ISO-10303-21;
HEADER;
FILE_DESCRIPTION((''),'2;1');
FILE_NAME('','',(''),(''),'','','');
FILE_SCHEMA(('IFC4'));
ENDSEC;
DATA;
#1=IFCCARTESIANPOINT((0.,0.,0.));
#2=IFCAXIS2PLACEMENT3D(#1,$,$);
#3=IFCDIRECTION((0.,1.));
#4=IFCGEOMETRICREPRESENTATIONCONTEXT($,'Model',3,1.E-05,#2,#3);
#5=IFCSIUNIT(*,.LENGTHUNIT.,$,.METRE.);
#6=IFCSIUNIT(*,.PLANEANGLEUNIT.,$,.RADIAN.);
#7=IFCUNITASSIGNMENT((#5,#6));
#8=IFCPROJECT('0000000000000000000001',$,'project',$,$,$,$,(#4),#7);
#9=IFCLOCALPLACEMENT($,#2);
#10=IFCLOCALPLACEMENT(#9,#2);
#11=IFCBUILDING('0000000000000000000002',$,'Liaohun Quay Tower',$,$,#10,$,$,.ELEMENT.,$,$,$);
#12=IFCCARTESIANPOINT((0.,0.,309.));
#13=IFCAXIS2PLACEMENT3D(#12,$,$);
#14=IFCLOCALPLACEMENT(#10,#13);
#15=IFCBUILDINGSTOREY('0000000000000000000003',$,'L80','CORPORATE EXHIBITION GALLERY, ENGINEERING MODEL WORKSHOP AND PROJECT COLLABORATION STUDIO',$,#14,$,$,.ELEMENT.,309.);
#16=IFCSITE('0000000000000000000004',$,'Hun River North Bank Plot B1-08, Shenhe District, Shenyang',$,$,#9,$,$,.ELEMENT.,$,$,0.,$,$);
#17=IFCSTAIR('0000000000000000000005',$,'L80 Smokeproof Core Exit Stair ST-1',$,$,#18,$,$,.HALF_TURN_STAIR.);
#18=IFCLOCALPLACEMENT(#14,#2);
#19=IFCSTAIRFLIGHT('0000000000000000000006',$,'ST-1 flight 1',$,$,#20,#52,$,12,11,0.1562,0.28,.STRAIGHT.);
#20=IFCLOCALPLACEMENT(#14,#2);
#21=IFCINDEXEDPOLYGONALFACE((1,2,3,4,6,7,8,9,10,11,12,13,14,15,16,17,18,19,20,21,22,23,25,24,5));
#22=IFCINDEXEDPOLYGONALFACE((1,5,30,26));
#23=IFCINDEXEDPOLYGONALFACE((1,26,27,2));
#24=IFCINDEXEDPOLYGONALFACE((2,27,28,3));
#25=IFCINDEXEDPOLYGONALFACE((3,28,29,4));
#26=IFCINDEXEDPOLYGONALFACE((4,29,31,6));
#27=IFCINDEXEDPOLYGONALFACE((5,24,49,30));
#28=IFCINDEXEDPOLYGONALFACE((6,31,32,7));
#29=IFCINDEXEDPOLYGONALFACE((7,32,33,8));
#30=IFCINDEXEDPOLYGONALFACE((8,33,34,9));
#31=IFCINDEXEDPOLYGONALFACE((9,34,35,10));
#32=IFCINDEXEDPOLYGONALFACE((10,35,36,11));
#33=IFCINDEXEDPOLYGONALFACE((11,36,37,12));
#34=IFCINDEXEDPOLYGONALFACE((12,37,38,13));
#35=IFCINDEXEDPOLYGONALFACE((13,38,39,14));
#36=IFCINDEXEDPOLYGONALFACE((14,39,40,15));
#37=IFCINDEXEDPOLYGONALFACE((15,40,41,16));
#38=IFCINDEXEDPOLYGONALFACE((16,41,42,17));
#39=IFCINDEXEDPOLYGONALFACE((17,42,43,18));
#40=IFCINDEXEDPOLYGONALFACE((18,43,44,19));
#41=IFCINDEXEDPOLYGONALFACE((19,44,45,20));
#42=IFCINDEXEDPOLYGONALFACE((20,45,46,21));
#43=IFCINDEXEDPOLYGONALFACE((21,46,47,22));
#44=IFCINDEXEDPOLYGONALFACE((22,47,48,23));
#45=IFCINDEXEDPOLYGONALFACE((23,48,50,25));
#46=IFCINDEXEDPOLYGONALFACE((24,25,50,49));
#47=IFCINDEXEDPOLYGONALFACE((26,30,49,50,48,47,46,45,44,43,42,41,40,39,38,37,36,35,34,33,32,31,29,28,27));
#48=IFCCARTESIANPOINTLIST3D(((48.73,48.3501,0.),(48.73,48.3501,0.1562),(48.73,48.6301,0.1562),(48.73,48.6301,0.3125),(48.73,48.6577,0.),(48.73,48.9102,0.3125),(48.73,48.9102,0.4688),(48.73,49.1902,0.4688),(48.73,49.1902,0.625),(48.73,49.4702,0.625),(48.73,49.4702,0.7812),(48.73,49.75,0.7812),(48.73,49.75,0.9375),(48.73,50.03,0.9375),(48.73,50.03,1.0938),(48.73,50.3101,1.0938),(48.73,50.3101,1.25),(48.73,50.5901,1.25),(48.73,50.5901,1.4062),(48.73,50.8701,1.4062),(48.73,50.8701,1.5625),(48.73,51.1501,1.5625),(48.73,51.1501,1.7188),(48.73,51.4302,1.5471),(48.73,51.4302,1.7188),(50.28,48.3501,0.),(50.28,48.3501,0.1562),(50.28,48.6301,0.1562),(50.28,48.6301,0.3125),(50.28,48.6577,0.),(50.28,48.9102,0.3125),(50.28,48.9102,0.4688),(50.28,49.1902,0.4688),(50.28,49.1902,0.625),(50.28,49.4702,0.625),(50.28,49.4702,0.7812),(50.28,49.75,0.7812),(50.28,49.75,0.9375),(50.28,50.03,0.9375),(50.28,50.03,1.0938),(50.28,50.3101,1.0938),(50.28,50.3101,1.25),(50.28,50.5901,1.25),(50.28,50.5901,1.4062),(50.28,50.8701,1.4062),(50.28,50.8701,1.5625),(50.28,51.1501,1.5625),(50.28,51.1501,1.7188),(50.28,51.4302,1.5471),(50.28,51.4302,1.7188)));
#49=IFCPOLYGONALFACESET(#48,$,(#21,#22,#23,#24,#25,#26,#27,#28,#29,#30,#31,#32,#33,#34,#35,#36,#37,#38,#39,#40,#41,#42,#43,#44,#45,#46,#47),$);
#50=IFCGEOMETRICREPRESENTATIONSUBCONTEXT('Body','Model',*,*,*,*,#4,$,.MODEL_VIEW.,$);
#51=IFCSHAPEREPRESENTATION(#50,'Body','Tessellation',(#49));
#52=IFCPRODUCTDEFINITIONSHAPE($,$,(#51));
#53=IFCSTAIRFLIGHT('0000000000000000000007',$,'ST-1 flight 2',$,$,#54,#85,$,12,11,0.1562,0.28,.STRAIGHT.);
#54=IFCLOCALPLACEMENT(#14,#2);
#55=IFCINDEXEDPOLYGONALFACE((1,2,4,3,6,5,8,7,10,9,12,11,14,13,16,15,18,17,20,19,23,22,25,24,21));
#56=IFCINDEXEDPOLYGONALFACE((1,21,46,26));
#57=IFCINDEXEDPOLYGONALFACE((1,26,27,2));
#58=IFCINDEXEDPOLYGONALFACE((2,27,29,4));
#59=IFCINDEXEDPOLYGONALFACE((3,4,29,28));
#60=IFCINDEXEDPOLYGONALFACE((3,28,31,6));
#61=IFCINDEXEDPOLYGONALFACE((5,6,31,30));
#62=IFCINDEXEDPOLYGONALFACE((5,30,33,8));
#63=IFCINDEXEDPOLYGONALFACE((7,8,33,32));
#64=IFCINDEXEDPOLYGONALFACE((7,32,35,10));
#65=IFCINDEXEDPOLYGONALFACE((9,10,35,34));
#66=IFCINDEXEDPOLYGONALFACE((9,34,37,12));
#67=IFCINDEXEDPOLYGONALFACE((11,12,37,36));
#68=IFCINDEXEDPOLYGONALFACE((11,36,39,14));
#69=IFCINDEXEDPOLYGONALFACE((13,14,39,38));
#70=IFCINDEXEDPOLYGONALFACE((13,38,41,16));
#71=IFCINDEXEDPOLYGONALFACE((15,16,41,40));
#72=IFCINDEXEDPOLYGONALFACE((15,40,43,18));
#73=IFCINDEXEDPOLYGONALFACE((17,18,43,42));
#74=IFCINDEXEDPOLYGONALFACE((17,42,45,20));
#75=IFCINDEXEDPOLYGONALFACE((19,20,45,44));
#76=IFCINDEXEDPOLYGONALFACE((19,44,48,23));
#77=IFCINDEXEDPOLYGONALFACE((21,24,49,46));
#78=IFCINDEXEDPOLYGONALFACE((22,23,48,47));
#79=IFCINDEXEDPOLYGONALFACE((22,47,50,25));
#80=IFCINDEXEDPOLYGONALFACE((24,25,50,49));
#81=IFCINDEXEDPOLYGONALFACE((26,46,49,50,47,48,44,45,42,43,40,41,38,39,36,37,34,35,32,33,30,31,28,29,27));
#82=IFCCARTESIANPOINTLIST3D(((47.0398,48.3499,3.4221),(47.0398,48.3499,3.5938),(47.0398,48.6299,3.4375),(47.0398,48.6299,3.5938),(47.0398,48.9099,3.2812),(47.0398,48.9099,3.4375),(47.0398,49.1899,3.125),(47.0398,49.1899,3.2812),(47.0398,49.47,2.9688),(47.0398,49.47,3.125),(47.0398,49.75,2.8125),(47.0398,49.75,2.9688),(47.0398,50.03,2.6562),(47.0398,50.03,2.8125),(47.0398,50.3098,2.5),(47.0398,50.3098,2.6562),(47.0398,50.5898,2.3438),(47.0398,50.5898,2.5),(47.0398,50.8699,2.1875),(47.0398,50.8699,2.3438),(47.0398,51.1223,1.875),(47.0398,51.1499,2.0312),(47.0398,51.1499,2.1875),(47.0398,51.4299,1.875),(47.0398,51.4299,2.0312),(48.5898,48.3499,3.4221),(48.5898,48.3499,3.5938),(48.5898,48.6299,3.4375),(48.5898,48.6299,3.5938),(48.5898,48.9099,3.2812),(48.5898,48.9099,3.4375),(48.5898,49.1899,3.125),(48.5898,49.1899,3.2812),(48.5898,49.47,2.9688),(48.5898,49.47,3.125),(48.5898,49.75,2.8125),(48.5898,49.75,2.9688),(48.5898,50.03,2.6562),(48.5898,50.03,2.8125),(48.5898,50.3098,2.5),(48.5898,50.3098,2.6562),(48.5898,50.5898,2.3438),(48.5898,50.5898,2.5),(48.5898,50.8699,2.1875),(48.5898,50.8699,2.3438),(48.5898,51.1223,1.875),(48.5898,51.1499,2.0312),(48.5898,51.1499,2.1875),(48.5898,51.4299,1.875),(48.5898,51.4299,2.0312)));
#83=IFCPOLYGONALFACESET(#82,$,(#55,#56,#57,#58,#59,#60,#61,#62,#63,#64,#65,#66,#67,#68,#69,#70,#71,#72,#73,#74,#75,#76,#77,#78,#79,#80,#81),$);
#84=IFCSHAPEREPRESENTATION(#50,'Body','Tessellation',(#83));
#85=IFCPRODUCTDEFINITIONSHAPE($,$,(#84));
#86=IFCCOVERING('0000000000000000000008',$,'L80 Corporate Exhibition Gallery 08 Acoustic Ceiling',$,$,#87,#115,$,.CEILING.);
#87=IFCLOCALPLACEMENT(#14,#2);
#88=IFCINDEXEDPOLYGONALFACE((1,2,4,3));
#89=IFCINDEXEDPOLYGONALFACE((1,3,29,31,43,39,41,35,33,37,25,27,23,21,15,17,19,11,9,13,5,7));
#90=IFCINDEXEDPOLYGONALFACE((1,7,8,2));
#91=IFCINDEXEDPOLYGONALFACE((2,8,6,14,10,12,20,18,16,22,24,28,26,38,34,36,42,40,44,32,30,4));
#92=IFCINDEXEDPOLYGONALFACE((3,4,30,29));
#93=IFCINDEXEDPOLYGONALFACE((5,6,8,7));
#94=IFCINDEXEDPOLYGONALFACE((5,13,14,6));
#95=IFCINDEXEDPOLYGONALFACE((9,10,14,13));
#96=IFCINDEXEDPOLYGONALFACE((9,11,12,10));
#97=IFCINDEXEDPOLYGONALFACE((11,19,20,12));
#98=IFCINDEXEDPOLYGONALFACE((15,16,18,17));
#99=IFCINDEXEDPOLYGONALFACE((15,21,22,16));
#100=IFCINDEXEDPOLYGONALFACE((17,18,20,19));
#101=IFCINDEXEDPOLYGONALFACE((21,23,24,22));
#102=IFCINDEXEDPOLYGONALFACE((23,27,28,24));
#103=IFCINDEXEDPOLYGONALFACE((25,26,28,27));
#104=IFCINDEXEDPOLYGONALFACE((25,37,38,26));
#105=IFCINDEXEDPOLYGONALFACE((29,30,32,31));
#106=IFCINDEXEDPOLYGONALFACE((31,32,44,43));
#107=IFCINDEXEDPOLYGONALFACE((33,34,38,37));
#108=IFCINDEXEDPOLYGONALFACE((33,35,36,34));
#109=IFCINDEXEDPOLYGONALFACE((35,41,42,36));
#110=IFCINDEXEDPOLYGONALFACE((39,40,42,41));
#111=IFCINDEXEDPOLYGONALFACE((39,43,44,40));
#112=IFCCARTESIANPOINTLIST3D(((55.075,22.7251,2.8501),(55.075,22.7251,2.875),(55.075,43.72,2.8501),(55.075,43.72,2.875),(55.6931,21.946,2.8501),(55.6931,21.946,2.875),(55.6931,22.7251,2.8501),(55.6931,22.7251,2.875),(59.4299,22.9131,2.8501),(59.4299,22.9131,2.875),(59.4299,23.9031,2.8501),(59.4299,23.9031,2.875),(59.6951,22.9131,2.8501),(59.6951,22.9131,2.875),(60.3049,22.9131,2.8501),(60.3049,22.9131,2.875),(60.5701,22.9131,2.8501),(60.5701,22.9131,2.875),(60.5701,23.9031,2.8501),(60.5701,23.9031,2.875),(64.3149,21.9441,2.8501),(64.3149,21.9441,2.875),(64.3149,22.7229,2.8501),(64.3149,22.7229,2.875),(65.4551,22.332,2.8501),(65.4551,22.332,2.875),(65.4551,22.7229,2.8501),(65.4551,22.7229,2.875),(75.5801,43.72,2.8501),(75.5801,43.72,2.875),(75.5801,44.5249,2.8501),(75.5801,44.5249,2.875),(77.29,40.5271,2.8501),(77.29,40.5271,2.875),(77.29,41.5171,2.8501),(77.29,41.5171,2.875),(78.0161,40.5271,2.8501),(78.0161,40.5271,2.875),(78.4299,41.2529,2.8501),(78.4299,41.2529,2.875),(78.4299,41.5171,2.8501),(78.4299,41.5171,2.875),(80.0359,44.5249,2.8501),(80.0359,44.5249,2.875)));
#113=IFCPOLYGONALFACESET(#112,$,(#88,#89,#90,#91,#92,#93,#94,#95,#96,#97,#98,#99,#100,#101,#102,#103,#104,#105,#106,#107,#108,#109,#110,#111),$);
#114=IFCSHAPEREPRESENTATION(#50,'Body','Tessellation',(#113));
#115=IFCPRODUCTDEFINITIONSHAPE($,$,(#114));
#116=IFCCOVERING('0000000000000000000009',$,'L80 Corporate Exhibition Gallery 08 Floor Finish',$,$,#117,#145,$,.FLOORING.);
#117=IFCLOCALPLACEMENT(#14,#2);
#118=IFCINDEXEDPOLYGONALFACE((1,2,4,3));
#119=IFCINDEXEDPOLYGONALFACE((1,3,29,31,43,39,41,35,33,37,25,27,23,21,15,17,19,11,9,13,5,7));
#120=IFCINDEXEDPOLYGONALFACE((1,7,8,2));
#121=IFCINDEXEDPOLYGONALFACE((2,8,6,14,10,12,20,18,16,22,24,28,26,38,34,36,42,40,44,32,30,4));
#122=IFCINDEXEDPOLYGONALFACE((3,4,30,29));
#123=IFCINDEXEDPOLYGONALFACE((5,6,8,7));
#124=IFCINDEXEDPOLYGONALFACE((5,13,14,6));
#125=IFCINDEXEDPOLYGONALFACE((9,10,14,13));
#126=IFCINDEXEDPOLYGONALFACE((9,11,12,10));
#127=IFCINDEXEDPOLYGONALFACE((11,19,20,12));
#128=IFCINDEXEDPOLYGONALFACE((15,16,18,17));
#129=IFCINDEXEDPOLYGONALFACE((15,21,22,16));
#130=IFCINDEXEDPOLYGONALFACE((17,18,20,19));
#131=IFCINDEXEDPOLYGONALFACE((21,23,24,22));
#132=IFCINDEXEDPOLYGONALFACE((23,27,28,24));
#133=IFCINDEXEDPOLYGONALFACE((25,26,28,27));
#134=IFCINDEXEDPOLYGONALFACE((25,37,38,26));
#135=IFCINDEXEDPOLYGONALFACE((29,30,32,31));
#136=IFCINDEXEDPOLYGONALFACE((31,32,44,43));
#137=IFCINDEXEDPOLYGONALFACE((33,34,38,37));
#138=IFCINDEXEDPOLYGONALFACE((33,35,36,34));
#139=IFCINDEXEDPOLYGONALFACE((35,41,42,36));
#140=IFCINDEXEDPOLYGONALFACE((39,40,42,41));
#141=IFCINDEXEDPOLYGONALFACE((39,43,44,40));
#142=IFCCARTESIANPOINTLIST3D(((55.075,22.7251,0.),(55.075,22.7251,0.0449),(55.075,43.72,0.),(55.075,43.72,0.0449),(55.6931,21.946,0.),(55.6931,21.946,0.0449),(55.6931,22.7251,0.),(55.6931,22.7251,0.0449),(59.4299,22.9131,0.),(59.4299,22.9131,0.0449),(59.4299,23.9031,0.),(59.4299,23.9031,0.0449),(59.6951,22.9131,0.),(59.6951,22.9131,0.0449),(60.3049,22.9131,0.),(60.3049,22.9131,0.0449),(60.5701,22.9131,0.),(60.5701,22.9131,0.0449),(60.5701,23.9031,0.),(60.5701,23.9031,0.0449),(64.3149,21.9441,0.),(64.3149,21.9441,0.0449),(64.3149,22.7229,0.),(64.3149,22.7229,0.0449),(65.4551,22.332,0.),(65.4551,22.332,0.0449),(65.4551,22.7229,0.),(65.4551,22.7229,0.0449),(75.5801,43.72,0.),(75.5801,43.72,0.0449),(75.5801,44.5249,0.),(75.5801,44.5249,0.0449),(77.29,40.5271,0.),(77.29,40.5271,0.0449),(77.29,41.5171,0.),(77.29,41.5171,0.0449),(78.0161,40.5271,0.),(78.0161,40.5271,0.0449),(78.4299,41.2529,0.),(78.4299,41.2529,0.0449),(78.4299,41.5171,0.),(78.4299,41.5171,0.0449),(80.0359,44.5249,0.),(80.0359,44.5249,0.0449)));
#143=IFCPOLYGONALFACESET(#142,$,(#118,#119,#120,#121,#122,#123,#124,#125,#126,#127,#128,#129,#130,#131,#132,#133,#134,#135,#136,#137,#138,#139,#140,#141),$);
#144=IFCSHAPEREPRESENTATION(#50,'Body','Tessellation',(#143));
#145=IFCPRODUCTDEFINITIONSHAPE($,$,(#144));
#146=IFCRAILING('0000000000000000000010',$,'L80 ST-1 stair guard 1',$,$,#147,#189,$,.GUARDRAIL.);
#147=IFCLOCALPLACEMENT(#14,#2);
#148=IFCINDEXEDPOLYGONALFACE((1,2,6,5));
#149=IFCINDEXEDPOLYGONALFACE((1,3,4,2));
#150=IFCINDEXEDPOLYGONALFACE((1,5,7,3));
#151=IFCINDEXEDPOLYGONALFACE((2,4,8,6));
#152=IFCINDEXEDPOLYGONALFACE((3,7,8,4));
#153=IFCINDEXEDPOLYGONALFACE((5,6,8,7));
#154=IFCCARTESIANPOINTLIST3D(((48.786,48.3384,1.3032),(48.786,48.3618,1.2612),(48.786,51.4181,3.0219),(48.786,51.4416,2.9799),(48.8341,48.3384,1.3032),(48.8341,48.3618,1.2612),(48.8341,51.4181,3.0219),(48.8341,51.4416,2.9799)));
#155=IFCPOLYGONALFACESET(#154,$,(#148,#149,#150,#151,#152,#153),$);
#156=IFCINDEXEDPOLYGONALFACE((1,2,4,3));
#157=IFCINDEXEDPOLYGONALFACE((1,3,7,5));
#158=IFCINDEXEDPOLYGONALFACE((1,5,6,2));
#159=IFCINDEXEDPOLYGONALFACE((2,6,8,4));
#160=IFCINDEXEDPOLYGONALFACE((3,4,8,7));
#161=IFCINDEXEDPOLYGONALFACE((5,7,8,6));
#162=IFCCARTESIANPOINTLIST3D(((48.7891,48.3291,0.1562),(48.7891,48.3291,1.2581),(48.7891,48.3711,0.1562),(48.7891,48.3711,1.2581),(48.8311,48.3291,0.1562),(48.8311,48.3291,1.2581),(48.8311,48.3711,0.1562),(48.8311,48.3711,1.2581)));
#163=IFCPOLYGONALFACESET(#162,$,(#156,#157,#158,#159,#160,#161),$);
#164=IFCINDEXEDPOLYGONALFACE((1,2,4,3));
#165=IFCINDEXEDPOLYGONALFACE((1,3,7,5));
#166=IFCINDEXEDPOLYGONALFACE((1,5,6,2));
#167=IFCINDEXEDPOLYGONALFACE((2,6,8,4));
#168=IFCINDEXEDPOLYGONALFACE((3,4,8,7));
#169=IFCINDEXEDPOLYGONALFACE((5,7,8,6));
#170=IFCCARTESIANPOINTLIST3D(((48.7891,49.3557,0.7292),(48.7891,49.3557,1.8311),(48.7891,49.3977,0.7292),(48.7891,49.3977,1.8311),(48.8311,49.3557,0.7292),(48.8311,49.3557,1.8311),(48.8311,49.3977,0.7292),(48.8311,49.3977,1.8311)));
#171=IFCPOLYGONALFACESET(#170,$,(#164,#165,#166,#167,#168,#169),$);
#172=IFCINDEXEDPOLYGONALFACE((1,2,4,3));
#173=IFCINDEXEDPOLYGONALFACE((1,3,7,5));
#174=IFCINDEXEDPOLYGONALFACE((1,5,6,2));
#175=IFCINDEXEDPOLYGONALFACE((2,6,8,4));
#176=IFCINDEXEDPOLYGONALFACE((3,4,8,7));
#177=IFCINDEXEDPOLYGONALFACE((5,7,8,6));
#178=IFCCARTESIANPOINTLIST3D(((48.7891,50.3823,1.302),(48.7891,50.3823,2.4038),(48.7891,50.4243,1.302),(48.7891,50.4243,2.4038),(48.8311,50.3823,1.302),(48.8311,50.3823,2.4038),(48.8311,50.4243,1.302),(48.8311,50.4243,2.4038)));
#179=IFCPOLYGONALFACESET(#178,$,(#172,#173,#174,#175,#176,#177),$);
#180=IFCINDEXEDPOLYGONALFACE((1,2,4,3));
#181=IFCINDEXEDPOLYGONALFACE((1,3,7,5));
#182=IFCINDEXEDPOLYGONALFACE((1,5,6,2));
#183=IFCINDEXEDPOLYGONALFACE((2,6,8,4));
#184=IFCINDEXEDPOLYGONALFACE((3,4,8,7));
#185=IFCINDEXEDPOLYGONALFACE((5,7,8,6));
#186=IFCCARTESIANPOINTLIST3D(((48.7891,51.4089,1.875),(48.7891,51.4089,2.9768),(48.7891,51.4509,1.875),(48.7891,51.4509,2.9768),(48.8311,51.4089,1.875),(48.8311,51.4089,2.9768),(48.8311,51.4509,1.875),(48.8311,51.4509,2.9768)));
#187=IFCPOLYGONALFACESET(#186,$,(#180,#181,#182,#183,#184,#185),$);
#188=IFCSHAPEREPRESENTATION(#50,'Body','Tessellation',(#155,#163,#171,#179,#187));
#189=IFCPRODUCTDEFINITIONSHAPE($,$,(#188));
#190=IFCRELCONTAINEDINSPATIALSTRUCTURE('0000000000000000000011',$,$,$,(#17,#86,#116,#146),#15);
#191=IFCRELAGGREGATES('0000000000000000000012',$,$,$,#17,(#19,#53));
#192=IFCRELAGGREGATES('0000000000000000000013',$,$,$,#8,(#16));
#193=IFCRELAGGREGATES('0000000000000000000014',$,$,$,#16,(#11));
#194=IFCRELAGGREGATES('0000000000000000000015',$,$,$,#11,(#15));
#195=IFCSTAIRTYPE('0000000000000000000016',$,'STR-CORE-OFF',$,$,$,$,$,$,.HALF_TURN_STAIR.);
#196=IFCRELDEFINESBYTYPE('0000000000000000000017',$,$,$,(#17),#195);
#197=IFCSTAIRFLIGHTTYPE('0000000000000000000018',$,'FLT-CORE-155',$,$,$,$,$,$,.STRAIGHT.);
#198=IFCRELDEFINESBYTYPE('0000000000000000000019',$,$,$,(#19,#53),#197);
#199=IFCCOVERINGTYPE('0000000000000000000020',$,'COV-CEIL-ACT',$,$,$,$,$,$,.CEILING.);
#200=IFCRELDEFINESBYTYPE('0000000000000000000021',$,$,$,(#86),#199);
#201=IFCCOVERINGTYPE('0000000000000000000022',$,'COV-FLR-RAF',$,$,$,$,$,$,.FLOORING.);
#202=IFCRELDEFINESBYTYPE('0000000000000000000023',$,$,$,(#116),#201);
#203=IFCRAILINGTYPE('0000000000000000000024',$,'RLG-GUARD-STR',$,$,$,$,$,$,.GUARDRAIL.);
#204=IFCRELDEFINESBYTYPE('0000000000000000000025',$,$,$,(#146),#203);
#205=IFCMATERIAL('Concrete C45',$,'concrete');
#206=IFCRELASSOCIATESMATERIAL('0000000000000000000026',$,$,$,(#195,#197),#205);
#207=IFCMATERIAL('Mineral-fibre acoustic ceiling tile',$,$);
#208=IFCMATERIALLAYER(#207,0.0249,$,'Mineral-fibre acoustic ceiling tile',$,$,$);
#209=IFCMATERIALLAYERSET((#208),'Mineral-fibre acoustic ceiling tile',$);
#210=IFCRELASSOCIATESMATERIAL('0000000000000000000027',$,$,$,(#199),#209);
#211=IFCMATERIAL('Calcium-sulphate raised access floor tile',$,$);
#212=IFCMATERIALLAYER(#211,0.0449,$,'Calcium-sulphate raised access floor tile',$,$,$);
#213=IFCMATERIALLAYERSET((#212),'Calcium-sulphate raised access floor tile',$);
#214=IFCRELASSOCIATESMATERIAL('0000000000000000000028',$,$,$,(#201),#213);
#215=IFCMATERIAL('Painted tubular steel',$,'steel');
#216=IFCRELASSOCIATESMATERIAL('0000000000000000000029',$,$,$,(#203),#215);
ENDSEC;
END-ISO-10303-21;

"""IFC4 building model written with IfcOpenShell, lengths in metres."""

from ifc_helpers import new_model, si_unit, direction, frame, origin, origin_2d, place, context, subcontext, project, spatial, polyline, rectangle, outline, extrude, material, layer, layer_set, type_object, element, aggregate, save


model = new_model("IFC4")

# Units and contexts
model_context = context("Model", 3, precision=1e-05, world=origin(), true_north=direction((0.0, 1.0)))
body_context = subcontext(model_context, "Body", "Model", "MODEL_VIEW")
ifc_project = project(units=[si_unit("LENGTHUNIT", "METRE"), si_unit("PLANEANGLEUNIT", "RADIAN")], contexts=[model_context])

# Site, building, storey
site_placement = place(None, origin())
site = spatial("IfcSite", under=ifc_project, at=site_placement, Name="Hun River North Bank Plot B1-08, Shenhe District, Shenyang", CompositionType="ELEMENT", RefElevation=0.0)
building_placement = place(site_placement, origin())
building = spatial("IfcBuilding", under=site, at=building_placement, Name="Liaohun Quay Tower", CompositionType="ELEMENT")
storey_placement = place(building_placement, frame((0.0, 0.0, 309.0)))
storey = spatial("IfcBuildingStorey", under=building, at=storey_placement, Name="L80", Description="CORPORATE EXHIBITION GALLERY, ENGINEERING MODEL WORKSHOP AND PROJECT COLLABORATION STUDIO", CompositionType="ELEMENT", Elevation=309.0)

# Stair
ifc_material_1 = material(Name="Concrete C45", Category="concrete")
stair_type = type_object("IfcStairType", Name="STR-CORE-OFF", PredefinedType="HALF_TURN_STAIR", material=ifc_material_1)
stair_1_placement = place(storey_placement, origin())
stair_1 = element("IfcStair", 1, at=stair_1_placement, inside=storey, type_object=stair_type, Name="L80 Smokeproof Core Exit Stair ST-1", PredefinedType="HALF_TURN_STAIR")

# Stair flights
stair_flight_type = type_object("IfcStairFlightType", Name="FLT-CORE-155", PredefinedType="STRAIGHT", material=ifc_material_1)
stair_flight_1_placement = place(storey_placement, frame((49.5049, 48.3501, 0.0), z_axis=(0.0, 0.0, 1.0), x_axis=(0.0, 1.0, 0.0)))
stair_flight_1 = element("IfcStairFlight", 2, at=stair_flight_1_placement, type_object=stair_flight_type, Name="ST-1 flight 1", NumberOfRisers=12, NumberOfTreads=11, PredefinedType="STRAIGHT", RiserHeight=0.1562, TreadLength=0.28, context=body_context, shape_type="SweptSolid", body=[
    extrude(outline(polyline([(0.0, 0.0), (0.0, 0.1562), (0.28, 0.1562), (0.28, 0.3125), (0.5601, 0.3125), (0.5601, 0.4688), (0.8401, 0.4688), (0.8401, 0.625), (1.1201, 0.625), (1.1201, 0.7812), (1.3999, 0.7812), (1.3999, 0.9375), (1.6799, 0.9375), (1.6799, 1.0938), (1.96, 1.0938), (1.96, 1.25), (2.24, 1.25), (2.24, 1.4062), (2.52, 1.4062), (2.52, 1.5625), (2.8, 1.5625), (2.8, 1.7188), (3.0801, 1.7188), (3.0801, 1.875), (3.0801, 1.5471), (0.3076, 0.0), (0.0, 0.0)])), frame((0.0, 0.7749, 0.0), z_axis=(0.0, -1.0, 0.0), x_axis=(1.0, 0.0, 0.0)), (0.0, 0.0, 1.0), 1.55),
])
stair_flight_2_placement = place(storey_placement, frame((47.8149, 51.4299, 1.875), z_axis=(0.0, 0.0, 1.0), x_axis=(0.0, -1.0, 0.0)))
stair_flight_2 = element("IfcStairFlight", 3, at=stair_flight_2_placement, type_object=stair_flight_type, Name="ST-1 flight 2", NumberOfRisers=12, NumberOfTreads=11, PredefinedType="STRAIGHT", RiserHeight=0.1562, TreadLength=0.28, context=body_context, shape_type="SweptSolid", body=[
    extrude(outline(polyline([(0.0, 0.0), (0.0, 0.1562), (0.28, 0.1562), (0.28, 0.3125), (0.5601, 0.3125), (0.5601, 0.4688), (0.8401, 0.4688), (0.8401, 0.625), (1.1201, 0.625), (1.1201, 0.7812), (1.3999, 0.7812), (1.3999, 0.9375), (1.6799, 0.9375), (1.6799, 1.0938), (1.96, 1.0938), (1.96, 1.25), (2.24, 1.25), (2.24, 1.4062), (2.52, 1.4062), (2.52, 1.5625), (2.8, 1.5625), (2.8, 1.7188), (3.0801, 1.7188), (3.0801, 1.875), (3.0801, 1.5471), (0.3076, 0.0), (0.0, 0.0)])), frame((0.0, 0.7749, 0.0), z_axis=(0.0, -1.0, 0.0), x_axis=(1.0, 0.0, 0.0)), (0.0, 0.0, 1.0), 1.55),
])
aggregate(stair_1, [stair_flight_1, stair_flight_2])

# Coverings
ifc_material_2 = material(Name="Mineral-fibre acoustic ceiling tile")
ifc_layer_1 = layer(ifc_material_2, 0.0249, Name="Mineral-fibre acoustic ceiling tile")
ifc_layer_set_1 = layer_set([ifc_layer_1], Name="Mineral-fibre acoustic ceiling tile")
covering_type_1 = type_object("IfcCoveringType", Name="COV-CEIL-ACT", PredefinedType="CEILING", material=ifc_layer_set_1)
covering_1_placement = place(storey_placement, frame((0.0, 0.0, 2.8501)))
element("IfcCovering", 4, at=covering_1_placement, inside=storey, type_object=covering_type_1, Name="L80 Corporate Exhibition Gallery 08 Acoustic Ceiling", PredefinedType="CEILING", context=body_context, shape_type="SweptSolid", body=[
    extrude(outline(polyline([(75.5801, 43.72), (55.075, 43.72), (55.075, 22.7251), (55.6931, 22.7251), (55.6931, 21.946), (59.6951, 22.9131), (59.4299, 22.9131), (59.4299, 23.9031), (60.5701, 23.9031), (60.5701, 22.9131), (60.3049, 22.9131), (64.3149, 21.9441), (64.3149, 22.7229), (65.4551, 22.7229), (65.4551, 22.332), (78.0161, 40.5271), (77.29, 40.5271), (77.29, 41.5171), (78.4299, 41.5171), (78.4299, 41.2529), (80.0359, 44.5249), (75.5801, 44.5249), (75.5801, 43.72)])), origin(), (0.0, 0.0, 1.0), 0.0249),
])
ifc_material_3 = material(Name="Calcium-sulphate raised access floor tile")
ifc_layer_2 = layer(ifc_material_3, 0.0449, Name="Calcium-sulphate raised access floor tile")
ifc_layer_set_2 = layer_set([ifc_layer_2], Name="Calcium-sulphate raised access floor tile")
covering_type_2 = type_object("IfcCoveringType", Name="COV-FLR-RAF", PredefinedType="FLOORING", material=ifc_layer_set_2)
covering_2_placement = place(storey_placement, origin())
element("IfcCovering", 5, at=covering_2_placement, inside=storey, type_object=covering_type_2, Name="L80 Corporate Exhibition Gallery 08 Floor Finish", PredefinedType="FLOORING", context=body_context, shape_type="SweptSolid", body=[
    extrude(outline(polyline([(75.5801, 43.72), (55.075, 43.72), (55.075, 22.7251), (55.6931, 22.7251), (55.6931, 21.946), (59.6951, 22.9131), (59.4299, 22.9131), (59.4299, 23.9031), (60.5701, 23.9031), (60.5701, 22.9131), (60.3049, 22.9131), (64.3149, 21.9441), (64.3149, 22.7229), (65.4551, 22.7229), (65.4551, 22.332), (78.0161, 40.5271), (77.29, 40.5271), (77.29, 41.5171), (78.4299, 41.5171), (78.4299, 41.2529), (80.0359, 44.5249), (75.5801, 44.5249), (75.5801, 43.72)])), origin(), (0.0, 0.0, 1.0), 0.0449),
])

# Railing
ifc_material_4 = material(Name="Painted tubular steel", Category="steel")
railing_type_1 = type_object("IfcRailingType", Name="RLG-GUARD-STR", PredefinedType="GUARDRAIL", material=ifc_material_4)
railing_1_placement = place(storey_placement, frame((48.8101, 48.3501, 0.1562)))
element("IfcRailing", 6, at=railing_1_placement, inside=storey, type_object=railing_type_1, Name="L80 ST-1 stair guard 1", PredefinedType="GUARDRAIL", context=body_context, shape_type="SweptSolid", body=[
    extrude(rectangle(XDim=0.0481, YDim=0.0481, at=origin_2d()), frame((0.0, 0.0, 1.126), z_axis=(0.0, 0.873225, 0.487317), x_axis=(-1.0, 0.0, 0.0)), (0.0, 0.0, 1.0), 3.5269),
    extrude(rectangle(XDim=0.042, YDim=0.042, at=origin_2d()), origin(), (0.0, 0.0, 1.0), 1.1018),
    extrude(rectangle(XDim=0.042, YDim=0.042, at=origin_2d()), frame((0.0, 1.0266, 0.573)), (0.0, 0.0, 1.0), 1.1018),
    extrude(rectangle(XDim=0.042, YDim=0.042, at=origin_2d()), frame((0.0, 2.0532, 1.1458)), (0.0, 0.0, 1.0), 1.1018),
    extrude(rectangle(XDim=0.042, YDim=0.042, at=origin_2d()), frame((0.0, 3.0798, 1.7188)), (0.0, 0.0, 1.0), 1.1018),
])

save(model, "model.ifc")
